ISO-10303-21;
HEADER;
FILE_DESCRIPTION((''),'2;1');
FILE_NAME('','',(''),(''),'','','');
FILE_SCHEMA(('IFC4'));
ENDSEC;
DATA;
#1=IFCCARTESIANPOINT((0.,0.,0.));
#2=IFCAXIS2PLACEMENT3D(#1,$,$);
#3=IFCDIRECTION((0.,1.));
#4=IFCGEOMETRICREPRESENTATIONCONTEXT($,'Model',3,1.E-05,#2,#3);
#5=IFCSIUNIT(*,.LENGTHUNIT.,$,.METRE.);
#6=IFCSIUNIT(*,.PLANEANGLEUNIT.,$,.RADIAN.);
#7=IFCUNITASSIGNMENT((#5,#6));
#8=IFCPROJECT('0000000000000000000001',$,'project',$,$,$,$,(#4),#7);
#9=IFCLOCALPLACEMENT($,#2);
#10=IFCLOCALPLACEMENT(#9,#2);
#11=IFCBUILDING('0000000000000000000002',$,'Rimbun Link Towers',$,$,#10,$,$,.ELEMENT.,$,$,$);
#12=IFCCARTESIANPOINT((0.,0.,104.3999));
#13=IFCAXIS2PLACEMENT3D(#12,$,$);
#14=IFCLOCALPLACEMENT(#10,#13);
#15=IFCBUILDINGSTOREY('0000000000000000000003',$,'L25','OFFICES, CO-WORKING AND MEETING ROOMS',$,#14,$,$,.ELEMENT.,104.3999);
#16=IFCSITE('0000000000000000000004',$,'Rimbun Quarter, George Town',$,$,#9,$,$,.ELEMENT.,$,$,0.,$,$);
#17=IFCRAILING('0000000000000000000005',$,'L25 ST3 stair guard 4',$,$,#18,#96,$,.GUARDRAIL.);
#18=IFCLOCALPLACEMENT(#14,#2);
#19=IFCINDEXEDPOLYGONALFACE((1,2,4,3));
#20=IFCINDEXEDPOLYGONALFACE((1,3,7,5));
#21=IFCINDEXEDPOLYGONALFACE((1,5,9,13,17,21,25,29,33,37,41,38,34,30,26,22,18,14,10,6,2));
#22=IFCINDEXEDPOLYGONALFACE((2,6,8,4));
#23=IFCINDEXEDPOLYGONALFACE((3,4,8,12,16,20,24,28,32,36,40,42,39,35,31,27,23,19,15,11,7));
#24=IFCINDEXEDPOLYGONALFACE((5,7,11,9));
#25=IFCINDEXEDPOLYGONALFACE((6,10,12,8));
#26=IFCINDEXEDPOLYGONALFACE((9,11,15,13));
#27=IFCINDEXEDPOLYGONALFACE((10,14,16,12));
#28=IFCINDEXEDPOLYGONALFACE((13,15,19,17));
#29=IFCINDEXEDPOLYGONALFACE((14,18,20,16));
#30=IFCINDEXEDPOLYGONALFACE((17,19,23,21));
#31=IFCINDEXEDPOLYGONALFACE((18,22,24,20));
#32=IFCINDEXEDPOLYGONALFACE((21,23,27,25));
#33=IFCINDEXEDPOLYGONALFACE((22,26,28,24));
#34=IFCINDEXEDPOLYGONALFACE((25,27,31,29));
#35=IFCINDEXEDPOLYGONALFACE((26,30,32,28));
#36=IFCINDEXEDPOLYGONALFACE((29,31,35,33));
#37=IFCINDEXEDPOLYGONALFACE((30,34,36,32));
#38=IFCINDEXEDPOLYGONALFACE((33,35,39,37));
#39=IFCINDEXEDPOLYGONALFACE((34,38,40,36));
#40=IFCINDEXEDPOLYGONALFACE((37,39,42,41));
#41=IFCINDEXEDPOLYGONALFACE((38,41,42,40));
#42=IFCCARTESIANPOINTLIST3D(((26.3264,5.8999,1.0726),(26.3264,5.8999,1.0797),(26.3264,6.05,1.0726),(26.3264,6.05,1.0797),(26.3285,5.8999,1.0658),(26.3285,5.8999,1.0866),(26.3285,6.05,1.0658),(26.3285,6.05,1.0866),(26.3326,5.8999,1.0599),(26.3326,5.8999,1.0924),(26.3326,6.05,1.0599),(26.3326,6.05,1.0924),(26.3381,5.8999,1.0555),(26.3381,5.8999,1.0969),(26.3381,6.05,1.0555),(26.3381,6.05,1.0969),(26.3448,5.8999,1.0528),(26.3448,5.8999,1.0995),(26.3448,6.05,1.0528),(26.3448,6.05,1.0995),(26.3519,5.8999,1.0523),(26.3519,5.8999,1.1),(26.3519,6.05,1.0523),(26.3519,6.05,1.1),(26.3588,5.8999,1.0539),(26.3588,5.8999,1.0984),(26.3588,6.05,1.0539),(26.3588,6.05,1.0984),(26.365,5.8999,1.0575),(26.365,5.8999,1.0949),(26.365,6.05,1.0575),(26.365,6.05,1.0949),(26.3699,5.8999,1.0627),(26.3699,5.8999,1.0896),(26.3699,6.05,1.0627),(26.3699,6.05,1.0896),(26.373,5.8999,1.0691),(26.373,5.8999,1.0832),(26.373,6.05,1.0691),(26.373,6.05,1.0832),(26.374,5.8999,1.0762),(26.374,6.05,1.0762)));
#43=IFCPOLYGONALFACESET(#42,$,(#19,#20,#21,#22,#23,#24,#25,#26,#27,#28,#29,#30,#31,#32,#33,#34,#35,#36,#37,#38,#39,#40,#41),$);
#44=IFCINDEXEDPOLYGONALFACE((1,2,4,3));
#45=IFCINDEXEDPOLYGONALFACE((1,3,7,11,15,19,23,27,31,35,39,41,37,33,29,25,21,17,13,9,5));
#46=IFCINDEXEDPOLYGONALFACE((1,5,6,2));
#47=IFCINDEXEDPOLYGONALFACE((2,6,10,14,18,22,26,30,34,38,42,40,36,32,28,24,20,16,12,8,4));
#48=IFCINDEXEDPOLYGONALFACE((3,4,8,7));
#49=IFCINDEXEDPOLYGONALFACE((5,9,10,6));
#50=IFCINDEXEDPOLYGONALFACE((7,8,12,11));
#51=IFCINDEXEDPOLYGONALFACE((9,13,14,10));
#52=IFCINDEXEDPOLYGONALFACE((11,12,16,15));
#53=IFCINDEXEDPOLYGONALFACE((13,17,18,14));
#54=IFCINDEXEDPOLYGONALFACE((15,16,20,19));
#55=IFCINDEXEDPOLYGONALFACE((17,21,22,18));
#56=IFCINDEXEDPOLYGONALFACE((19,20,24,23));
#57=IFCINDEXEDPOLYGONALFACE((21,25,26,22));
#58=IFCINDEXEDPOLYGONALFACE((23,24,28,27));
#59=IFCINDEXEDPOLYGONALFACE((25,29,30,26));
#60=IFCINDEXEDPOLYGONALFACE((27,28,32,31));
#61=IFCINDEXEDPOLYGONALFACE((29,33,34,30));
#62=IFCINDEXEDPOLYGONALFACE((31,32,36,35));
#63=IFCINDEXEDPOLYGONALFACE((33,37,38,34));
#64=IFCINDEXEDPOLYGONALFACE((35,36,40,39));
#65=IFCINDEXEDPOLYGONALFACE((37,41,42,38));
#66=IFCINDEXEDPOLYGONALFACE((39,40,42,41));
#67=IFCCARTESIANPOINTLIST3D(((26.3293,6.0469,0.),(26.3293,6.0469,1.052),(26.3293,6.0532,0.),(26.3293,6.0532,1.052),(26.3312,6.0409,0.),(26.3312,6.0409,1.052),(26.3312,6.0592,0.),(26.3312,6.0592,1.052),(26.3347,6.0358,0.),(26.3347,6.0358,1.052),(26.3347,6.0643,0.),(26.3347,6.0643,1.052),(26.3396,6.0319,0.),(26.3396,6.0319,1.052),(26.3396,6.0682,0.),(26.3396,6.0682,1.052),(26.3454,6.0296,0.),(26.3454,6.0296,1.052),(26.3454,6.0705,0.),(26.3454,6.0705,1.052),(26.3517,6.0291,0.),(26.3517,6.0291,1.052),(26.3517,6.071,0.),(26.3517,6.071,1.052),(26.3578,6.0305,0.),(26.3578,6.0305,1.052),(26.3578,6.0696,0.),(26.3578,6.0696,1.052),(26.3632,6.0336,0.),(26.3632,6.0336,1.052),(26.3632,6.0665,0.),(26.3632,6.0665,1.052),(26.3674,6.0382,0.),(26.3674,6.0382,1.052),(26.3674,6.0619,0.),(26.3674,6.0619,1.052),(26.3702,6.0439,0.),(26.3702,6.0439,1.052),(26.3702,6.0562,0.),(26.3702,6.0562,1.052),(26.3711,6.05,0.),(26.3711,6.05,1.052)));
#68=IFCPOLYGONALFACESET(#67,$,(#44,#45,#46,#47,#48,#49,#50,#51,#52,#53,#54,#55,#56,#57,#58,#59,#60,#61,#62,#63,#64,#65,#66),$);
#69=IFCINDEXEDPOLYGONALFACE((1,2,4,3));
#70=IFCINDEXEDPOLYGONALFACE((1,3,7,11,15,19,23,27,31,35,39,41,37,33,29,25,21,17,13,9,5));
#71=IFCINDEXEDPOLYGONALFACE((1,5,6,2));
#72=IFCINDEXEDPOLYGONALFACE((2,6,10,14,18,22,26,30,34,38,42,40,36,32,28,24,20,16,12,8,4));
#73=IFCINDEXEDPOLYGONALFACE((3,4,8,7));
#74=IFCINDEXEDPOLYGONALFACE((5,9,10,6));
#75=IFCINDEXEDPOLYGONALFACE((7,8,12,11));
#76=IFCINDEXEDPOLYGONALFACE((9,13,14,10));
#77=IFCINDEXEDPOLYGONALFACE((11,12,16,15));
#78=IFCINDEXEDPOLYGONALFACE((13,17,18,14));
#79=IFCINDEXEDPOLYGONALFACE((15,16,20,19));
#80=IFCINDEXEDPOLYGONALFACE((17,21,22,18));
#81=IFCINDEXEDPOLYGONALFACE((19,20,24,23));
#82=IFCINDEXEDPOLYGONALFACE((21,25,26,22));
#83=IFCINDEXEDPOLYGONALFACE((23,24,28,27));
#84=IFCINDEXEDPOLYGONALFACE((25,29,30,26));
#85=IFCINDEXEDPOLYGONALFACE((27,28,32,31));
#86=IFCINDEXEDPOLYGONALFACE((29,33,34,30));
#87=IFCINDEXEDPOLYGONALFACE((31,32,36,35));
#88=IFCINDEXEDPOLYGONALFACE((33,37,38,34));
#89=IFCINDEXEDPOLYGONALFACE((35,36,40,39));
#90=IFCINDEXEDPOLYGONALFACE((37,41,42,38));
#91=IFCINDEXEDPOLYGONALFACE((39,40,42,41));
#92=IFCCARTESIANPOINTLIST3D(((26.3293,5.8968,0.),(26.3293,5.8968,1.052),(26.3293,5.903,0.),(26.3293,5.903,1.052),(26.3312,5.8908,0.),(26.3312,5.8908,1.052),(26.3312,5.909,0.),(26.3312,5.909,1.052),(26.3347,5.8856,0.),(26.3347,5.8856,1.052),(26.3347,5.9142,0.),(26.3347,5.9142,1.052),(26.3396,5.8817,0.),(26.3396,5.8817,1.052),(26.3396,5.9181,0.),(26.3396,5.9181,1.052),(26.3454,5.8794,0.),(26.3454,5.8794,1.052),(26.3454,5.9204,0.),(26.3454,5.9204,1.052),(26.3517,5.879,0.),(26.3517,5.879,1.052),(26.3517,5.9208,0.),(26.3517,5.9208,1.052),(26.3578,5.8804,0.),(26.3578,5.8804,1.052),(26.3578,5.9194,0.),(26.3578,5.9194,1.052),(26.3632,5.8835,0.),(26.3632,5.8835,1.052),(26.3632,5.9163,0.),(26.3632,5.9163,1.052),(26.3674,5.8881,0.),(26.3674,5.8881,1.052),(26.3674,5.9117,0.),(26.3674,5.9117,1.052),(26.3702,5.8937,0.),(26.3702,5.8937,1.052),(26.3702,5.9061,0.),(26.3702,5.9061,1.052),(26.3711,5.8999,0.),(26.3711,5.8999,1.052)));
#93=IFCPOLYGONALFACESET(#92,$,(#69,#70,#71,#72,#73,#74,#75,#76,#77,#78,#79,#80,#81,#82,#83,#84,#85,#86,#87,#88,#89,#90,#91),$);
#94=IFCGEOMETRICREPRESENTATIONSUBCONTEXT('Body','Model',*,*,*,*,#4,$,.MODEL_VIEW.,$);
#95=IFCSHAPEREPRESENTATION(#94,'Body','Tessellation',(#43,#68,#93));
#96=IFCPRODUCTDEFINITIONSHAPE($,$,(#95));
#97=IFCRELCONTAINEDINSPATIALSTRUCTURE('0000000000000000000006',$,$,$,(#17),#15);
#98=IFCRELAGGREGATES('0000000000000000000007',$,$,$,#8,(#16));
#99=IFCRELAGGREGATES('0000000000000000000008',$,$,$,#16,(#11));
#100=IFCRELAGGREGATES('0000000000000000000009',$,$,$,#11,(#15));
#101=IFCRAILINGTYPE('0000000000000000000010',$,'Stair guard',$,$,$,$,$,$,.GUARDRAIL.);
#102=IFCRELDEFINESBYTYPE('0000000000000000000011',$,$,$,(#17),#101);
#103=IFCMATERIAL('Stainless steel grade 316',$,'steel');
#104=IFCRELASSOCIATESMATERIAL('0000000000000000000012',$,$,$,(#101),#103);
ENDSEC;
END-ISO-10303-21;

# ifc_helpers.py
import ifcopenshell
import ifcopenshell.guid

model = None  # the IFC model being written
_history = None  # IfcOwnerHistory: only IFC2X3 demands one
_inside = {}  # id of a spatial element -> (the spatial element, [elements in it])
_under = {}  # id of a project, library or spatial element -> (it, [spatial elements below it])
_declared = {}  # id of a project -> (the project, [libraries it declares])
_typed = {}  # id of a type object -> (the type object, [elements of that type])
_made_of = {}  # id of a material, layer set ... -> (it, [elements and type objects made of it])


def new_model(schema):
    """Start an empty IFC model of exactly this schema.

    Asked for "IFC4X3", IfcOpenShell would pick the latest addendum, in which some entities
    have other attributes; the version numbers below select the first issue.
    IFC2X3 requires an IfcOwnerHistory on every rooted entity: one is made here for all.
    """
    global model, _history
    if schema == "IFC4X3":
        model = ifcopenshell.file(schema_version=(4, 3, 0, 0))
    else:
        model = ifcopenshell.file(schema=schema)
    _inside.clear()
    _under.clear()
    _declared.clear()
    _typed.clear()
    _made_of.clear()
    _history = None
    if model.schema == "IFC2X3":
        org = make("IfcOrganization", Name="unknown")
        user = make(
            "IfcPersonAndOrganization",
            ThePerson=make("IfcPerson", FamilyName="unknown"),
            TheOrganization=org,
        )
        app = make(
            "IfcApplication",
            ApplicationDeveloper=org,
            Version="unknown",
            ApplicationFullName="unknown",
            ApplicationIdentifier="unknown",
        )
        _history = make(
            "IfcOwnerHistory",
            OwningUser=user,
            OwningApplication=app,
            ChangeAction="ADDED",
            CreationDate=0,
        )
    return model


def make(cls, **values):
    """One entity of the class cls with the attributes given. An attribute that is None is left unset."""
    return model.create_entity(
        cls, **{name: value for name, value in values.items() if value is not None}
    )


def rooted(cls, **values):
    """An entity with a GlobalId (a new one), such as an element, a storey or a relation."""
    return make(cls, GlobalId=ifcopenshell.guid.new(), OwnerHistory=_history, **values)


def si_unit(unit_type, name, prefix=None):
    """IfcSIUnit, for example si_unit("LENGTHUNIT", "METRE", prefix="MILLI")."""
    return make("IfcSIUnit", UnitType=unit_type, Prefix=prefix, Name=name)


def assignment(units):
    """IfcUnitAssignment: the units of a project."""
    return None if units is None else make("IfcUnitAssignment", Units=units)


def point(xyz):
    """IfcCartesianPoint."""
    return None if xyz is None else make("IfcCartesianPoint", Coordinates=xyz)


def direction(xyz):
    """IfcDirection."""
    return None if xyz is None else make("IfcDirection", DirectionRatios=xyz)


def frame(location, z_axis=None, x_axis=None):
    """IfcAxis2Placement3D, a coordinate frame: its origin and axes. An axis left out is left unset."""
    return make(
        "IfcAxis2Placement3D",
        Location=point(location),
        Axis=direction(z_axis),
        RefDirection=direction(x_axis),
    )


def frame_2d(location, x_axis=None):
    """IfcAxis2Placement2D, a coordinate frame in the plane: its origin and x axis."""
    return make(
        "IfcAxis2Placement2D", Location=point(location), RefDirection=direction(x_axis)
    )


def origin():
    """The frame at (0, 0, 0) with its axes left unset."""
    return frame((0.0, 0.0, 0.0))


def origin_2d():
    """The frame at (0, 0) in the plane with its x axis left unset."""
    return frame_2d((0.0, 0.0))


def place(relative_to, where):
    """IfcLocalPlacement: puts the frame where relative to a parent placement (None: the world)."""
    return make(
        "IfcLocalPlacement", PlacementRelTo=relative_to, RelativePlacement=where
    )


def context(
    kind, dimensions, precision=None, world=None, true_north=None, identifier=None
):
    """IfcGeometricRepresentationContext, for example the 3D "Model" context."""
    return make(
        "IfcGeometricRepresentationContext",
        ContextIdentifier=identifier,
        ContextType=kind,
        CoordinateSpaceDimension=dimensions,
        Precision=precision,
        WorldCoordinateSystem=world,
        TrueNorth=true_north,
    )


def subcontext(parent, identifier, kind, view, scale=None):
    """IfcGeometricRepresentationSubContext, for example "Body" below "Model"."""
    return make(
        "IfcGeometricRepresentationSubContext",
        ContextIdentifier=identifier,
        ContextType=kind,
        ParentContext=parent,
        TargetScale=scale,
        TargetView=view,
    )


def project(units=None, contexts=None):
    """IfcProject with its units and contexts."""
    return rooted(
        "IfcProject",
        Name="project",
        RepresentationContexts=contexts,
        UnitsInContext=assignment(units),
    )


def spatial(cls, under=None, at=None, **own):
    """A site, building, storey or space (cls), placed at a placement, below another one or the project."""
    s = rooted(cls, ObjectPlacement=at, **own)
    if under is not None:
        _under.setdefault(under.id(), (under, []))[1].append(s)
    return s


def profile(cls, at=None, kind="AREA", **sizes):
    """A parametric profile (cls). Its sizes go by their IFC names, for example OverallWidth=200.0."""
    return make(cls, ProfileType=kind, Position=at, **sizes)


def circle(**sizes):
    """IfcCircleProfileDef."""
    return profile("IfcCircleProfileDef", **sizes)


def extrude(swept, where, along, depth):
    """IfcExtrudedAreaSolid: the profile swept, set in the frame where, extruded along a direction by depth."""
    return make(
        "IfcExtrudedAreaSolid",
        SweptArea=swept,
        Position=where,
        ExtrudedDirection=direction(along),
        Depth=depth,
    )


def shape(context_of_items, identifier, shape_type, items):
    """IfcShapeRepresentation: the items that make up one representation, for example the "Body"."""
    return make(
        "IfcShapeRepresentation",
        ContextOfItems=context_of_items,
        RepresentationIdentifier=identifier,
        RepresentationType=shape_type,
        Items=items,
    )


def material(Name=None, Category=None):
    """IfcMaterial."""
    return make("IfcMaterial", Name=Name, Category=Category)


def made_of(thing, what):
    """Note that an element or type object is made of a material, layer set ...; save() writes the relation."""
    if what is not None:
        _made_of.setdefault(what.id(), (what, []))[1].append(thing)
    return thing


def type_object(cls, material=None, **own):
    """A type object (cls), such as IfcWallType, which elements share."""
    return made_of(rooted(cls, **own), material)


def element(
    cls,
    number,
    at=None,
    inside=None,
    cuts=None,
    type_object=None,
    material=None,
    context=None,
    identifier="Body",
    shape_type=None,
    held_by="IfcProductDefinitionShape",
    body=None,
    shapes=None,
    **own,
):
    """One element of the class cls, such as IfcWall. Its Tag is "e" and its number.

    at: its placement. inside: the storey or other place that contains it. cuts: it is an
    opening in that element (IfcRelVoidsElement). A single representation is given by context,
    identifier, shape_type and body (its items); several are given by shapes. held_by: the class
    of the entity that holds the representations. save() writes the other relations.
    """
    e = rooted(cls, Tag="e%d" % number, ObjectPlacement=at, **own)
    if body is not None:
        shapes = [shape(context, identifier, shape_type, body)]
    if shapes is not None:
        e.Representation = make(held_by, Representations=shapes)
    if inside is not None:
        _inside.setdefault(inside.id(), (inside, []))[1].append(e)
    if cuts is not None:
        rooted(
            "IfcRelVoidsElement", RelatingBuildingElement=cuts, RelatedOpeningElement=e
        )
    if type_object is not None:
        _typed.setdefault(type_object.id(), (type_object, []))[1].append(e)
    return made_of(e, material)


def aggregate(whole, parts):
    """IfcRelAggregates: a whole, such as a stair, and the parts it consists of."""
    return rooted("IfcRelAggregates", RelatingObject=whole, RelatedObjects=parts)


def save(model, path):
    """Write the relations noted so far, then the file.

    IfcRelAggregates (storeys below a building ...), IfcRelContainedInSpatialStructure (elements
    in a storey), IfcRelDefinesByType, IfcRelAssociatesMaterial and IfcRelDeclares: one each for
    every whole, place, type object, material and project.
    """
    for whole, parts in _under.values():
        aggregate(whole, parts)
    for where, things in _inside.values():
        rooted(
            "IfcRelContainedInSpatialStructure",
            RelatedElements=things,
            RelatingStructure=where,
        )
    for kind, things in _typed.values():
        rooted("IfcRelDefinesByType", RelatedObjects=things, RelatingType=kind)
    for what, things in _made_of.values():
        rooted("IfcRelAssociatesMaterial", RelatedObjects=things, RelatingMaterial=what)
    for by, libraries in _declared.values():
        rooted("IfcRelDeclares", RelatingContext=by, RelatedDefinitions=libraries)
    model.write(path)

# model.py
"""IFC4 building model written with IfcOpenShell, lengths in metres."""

from ifc_helpers import new_model, si_unit, direction, frame, origin, origin_2d, place, context, subcontext, project, spatial, circle, extrude, material, type_object, element, save


model = new_model("IFC4")

# Units and contexts
model_context = context("Model", 3, precision=1e-05, world=origin(), true_north=direction((0.0, 1.0)))
body_context = subcontext(model_context, "Body", "Model", "MODEL_VIEW")
ifc_project = project(units=[si_unit("LENGTHUNIT", "METRE"), si_unit("PLANEANGLEUNIT", "RADIAN")], contexts=[model_context])

# Site, building, storey
site_placement = place(None, origin())
site = spatial("IfcSite", under=ifc_project, at=site_placement, Name="Rimbun Quarter, George Town", CompositionType="ELEMENT", RefElevation=0.0)
building_placement = place(site_placement, origin())
building = spatial("IfcBuilding", under=site, at=building_placement, Name="Rimbun Link Towers", CompositionType="ELEMENT")
storey_placement = place(building_placement, frame((0.0, 0.0, 104.3999)))
storey = spatial("IfcBuildingStorey", under=building, at=storey_placement, Name="L25", Description="OFFICES, CO-WORKING AND MEETING ROOMS", CompositionType="ELEMENT", Elevation=104.3999)

# Railing
ifc_material_1 = material(Name="Stainless steel grade 316", Category="steel")
railing_type_1 = type_object("IfcRailingType", Name="Stair guard", PredefinedType="GUARDRAIL", material=ifc_material_1)
railing_1_placement = place(storey_placement, frame((26.3501, 6.05, 0.0)))
element("IfcRailing", 1, at=railing_1_placement, inside=storey, type_object=railing_type_1, Name="L25 ST3 stair guard 4", PredefinedType="GUARDRAIL", context=body_context, shape_type="SweptSolid", body=[
    extrude(circle(Radius=0.0239, at=origin_2d()), frame((0.0, 0.0, 1.0762), z_axis=(0.0, -1.0, 0.0), x_axis=(1.0, 0.0, 0.0)), (0.0, 0.0, 1.0), 0.1501),
    extrude(circle(Radius=0.021, at=origin_2d()), origin(), (0.0, 0.0, 1.0), 1.052),
    extrude(circle(Radius=0.021, at=origin_2d()), frame((0.0, -0.1501, 0.0)), (0.0, 0.0, 1.0), 1.052),
])

save(model, "model.ifc")
